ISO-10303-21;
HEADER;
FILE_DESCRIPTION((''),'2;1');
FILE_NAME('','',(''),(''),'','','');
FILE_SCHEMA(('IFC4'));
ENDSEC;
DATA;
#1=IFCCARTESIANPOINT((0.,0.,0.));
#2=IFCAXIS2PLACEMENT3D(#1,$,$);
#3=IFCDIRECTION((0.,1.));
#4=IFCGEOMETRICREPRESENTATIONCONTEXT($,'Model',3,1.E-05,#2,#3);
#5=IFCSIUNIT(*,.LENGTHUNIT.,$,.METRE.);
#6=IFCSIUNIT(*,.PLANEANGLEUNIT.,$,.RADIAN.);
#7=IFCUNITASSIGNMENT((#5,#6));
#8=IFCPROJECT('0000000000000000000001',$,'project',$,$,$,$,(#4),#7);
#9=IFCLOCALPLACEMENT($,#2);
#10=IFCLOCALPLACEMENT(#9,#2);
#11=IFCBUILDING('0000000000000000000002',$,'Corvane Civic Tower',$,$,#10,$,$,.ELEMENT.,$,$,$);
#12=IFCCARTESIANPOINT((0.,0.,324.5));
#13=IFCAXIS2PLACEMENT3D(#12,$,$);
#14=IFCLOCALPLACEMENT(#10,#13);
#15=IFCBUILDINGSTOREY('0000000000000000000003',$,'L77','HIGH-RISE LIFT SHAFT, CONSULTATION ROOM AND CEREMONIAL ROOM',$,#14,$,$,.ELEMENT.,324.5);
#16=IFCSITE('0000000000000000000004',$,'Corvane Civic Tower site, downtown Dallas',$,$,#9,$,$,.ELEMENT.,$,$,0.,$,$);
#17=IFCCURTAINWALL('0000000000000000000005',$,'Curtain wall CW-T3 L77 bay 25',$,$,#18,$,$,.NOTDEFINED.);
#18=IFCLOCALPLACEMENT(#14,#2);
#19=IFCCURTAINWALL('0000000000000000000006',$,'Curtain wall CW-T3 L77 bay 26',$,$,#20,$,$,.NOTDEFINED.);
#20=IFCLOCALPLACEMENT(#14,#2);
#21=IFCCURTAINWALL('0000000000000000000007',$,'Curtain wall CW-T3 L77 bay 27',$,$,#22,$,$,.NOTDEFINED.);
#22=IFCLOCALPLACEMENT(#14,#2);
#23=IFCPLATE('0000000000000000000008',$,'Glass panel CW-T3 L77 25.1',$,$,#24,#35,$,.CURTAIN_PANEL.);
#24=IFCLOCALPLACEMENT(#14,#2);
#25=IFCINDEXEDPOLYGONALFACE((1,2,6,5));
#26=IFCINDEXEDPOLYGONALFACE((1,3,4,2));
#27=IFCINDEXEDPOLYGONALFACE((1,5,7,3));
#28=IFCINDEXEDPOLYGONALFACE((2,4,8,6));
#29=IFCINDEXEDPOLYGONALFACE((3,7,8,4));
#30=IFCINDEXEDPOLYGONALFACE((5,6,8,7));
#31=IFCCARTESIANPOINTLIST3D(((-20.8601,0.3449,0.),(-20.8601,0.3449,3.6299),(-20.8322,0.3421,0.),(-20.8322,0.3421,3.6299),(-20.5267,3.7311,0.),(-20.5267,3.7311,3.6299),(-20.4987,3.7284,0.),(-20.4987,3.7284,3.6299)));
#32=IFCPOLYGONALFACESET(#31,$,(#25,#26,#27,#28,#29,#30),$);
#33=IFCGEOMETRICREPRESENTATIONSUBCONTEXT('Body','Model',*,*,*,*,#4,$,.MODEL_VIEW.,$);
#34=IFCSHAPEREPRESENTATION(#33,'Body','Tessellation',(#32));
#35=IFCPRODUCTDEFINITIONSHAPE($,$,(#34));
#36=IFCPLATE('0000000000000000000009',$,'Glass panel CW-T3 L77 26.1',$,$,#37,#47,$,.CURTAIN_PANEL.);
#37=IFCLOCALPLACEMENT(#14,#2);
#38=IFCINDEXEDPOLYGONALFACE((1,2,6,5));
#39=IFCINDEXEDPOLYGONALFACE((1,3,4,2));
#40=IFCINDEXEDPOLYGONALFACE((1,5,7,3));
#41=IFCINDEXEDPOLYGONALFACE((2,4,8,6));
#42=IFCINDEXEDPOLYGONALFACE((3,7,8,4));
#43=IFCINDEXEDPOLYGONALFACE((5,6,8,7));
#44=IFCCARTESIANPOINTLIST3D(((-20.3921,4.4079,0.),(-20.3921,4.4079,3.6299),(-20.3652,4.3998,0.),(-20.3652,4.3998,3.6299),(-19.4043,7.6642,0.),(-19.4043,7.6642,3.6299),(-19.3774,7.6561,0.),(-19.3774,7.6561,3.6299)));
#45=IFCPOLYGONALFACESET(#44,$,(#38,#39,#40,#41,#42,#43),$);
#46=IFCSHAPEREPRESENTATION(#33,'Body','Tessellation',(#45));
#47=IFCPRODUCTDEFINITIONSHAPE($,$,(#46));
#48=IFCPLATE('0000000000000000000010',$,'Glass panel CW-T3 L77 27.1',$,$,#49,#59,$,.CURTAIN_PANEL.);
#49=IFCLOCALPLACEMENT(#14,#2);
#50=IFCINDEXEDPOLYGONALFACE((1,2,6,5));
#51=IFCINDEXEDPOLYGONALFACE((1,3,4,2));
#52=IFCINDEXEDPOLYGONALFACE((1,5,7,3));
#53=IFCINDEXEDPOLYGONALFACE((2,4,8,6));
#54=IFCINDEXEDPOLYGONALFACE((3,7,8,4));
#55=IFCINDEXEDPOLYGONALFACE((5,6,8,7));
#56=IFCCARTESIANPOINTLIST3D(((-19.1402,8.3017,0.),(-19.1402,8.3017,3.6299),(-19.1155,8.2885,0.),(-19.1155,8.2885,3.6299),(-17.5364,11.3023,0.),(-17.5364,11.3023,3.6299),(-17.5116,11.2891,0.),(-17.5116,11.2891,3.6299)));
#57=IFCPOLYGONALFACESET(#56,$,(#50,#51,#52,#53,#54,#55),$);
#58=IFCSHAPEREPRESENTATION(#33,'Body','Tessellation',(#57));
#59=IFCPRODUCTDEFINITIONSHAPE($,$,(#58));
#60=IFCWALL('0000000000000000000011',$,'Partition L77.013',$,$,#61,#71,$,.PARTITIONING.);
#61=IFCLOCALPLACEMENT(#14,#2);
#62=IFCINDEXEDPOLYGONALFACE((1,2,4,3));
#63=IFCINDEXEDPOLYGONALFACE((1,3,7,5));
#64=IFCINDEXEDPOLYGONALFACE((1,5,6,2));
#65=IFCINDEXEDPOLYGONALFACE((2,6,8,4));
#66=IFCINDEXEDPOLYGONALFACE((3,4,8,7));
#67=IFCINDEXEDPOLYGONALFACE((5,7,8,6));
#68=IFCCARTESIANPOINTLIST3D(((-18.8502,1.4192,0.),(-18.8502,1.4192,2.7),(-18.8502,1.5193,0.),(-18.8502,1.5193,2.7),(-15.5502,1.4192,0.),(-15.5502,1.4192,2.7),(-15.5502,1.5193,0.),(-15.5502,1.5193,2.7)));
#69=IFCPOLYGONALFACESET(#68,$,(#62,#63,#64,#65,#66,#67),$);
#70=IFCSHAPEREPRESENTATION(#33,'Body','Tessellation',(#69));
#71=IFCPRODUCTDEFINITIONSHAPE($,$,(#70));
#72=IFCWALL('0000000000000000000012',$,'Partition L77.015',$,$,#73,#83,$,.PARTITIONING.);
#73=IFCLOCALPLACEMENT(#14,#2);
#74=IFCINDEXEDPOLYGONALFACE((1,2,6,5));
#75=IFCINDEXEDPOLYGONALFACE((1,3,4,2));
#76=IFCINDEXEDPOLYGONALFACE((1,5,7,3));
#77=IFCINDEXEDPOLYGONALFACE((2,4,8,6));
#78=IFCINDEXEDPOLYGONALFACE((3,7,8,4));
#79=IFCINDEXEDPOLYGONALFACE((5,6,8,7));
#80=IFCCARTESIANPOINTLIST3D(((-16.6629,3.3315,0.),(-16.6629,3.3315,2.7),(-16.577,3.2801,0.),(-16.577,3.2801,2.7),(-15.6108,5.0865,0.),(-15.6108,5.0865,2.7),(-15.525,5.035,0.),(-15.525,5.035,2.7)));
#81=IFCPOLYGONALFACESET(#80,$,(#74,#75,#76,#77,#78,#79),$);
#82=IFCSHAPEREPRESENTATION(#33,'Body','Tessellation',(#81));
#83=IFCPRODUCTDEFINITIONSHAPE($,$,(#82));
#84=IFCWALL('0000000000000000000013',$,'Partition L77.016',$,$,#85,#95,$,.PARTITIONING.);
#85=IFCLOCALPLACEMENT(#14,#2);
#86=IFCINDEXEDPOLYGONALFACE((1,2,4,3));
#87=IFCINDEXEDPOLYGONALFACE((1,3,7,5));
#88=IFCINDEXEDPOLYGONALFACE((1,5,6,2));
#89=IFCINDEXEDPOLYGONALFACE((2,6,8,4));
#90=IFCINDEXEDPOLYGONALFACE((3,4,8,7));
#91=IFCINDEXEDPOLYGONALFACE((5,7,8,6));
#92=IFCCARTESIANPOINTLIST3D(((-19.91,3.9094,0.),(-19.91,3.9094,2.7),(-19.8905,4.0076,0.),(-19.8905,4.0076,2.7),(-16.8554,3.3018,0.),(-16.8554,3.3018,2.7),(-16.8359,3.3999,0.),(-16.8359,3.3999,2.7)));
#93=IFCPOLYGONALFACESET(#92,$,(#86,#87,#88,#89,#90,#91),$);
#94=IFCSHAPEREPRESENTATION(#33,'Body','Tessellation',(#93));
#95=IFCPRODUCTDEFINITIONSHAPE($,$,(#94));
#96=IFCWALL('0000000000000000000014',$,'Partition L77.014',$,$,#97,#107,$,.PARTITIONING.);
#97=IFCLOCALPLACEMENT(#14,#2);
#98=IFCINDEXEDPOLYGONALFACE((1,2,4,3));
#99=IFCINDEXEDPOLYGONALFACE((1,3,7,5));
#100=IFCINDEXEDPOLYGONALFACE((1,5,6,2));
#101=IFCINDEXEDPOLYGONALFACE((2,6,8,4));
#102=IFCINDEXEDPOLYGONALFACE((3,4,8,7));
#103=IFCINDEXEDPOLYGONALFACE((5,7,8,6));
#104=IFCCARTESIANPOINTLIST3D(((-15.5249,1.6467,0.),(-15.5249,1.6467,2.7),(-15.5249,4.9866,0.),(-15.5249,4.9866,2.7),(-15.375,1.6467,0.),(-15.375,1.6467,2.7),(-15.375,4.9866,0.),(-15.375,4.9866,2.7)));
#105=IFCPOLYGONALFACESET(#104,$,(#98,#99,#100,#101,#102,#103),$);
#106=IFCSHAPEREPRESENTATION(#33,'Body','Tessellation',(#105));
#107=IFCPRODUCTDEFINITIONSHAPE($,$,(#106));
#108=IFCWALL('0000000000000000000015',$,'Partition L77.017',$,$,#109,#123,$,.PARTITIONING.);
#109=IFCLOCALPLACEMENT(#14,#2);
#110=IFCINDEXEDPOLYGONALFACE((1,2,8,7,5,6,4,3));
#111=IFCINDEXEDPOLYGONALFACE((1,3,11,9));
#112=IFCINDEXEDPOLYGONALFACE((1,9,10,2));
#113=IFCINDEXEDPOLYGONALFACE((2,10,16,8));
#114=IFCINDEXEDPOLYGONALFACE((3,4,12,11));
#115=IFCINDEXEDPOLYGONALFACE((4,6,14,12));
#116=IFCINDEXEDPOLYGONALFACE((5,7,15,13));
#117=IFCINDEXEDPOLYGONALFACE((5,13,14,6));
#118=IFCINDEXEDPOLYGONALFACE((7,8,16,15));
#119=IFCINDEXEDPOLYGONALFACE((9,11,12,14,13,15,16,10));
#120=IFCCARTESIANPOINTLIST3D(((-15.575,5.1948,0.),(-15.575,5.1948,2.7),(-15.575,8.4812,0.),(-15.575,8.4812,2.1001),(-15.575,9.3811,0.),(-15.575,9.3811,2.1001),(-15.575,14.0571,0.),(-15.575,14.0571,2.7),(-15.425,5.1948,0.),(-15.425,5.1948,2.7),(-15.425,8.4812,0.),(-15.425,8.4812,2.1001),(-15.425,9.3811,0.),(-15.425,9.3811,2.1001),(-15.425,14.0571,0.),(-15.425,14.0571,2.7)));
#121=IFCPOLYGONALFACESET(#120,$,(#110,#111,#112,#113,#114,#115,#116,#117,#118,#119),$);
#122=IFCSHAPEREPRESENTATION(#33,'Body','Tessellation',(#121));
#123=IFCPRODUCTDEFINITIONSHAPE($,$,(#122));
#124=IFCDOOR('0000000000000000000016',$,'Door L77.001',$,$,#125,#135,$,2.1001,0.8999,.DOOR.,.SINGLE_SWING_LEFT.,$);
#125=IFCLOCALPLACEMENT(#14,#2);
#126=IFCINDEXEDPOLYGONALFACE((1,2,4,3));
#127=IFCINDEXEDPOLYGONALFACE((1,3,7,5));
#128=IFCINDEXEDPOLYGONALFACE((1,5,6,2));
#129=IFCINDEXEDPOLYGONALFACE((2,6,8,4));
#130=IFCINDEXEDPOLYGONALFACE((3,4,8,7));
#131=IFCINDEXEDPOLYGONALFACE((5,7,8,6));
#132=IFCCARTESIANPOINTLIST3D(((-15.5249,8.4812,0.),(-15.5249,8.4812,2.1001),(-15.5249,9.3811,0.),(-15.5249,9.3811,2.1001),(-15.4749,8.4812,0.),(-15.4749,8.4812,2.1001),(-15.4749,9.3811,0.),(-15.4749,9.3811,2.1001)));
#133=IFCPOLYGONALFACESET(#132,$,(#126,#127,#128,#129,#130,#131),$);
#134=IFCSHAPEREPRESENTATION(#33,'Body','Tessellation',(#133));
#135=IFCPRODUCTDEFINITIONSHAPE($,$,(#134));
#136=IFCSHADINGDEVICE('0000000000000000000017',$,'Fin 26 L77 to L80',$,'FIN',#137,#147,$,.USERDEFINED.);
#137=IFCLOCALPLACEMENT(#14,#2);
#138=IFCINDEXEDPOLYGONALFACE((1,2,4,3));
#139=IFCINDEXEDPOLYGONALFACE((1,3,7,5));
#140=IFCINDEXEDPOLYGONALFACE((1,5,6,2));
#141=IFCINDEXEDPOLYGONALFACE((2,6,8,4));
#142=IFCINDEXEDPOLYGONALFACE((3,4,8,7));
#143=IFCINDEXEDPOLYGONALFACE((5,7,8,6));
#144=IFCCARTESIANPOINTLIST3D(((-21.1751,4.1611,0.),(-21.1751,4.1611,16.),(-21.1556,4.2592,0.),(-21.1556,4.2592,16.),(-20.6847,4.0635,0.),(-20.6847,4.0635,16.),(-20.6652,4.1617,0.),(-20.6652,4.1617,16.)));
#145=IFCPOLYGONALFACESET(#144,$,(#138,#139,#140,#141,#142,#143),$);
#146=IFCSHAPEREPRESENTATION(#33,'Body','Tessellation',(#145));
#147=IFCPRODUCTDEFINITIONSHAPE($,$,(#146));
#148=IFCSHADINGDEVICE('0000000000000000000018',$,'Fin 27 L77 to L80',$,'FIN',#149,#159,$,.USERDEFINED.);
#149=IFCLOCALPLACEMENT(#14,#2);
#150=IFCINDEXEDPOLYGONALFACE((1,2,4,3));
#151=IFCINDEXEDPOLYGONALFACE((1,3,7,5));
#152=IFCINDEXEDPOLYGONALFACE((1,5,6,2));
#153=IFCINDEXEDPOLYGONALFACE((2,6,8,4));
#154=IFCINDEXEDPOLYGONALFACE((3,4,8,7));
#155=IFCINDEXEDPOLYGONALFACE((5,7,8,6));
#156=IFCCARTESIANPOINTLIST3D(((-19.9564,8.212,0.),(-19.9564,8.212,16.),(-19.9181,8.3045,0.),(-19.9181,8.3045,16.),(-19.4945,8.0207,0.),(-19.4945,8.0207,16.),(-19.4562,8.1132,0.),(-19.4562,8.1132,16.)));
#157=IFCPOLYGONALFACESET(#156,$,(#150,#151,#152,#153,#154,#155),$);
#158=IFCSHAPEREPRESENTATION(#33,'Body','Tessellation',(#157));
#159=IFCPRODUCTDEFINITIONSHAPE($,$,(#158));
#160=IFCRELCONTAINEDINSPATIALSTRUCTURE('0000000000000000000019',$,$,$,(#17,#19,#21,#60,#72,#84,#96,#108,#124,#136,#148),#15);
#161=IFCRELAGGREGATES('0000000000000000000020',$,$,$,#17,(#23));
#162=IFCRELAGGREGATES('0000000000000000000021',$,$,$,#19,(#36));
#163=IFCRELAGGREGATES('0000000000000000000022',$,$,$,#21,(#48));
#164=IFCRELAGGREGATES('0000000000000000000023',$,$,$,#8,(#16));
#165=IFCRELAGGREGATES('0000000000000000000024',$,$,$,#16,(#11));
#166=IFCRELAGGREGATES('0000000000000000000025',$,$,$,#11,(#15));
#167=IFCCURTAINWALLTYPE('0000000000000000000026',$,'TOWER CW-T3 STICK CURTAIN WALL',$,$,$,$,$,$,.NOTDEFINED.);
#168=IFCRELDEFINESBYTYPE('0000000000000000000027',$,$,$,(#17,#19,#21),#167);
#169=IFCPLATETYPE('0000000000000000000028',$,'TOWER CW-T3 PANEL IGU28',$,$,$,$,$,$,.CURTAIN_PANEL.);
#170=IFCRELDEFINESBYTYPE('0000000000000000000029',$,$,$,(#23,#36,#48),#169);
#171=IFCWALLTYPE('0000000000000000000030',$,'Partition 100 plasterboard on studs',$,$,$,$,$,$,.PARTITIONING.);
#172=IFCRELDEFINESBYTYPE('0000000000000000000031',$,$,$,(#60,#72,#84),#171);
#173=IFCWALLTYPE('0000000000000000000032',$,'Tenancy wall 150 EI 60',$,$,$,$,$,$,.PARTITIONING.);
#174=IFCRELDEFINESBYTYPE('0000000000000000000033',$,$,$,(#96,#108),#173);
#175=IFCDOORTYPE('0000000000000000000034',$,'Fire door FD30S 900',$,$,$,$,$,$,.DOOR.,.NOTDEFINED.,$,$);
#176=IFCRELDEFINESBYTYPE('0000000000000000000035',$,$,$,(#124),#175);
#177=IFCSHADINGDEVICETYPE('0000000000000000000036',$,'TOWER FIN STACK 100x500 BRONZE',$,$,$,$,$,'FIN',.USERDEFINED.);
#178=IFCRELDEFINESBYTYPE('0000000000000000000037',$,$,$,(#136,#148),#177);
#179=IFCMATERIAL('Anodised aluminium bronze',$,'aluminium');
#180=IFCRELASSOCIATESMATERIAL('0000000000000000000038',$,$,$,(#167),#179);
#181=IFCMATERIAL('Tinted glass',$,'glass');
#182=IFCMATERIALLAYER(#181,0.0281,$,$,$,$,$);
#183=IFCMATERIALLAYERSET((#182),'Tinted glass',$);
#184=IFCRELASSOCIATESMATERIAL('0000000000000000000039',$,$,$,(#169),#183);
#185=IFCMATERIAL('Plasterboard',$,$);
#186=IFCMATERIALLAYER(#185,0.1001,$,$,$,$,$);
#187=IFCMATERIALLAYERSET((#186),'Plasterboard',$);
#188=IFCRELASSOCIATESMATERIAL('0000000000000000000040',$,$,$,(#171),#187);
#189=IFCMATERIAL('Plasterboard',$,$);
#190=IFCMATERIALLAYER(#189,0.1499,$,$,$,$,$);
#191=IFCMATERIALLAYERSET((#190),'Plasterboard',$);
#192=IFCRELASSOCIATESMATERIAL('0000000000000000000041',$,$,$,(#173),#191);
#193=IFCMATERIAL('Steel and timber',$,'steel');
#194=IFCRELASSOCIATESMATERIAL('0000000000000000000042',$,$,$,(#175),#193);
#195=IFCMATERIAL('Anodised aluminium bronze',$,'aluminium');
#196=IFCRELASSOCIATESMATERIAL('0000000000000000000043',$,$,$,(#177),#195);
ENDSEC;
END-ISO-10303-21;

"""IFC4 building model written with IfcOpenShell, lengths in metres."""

from ifc_helpers import new_model, si_unit, direction, frame, frame_2d, origin, origin_2d, place, context, subcontext, project, spatial, rectangle, extrude, material, layer, layer_set, material_profile, profile_set, type_object, element, fill, aggregate, save


model = new_model("IFC4")

# Units and contexts
model_context = context("Model", 3, precision=1e-05, world=origin(), true_north=direction((0.0, 1.0)))
body_context = subcontext(model_context, "Body", "Model", "MODEL_VIEW")
ifc_project = project(units=[si_unit("LENGTHUNIT", "METRE"), si_unit("PLANEANGLEUNIT", "RADIAN")], contexts=[model_context])

# Site, building, storey
site_placement = place(None, origin())
site = spatial("IfcSite", under=ifc_project, at=site_placement, Name="Corvane Civic Tower site, downtown Dallas", CompositionType="ELEMENT", RefElevation=0.0)
building_placement = place(site_placement, origin())
building = spatial("IfcBuilding", under=site, at=building_placement, Name="Corvane Civic Tower", CompositionType="ELEMENT")
storey_placement = place(building_placement, frame((0.0, 0.0, 324.5)))
storey = spatial("IfcBuildingStorey", under=building, at=storey_placement, Name="L77", Description="HIGH-RISE LIFT SHAFT, CONSULTATION ROOM AND CEREMONIAL ROOM", CompositionType="ELEMENT", Elevation=324.5)

# Curtain walls
ifc_material_1 = material(Name="Anodised aluminium bronze", Category="aluminium")
curtain_wall_type = type_object("IfcCurtainWallType", Name="TOWER CW-T3 STICK CURTAIN WALL", PredefinedType="NOTDEFINED", material=ifc_material_1)
curtain_wall_1_placement = place(storey_placement, origin())
curtain_wall_1 = element("IfcCurtainWall", 1, at=curtain_wall_1_placement, inside=storey, type_object=curtain_wall_type, Name="Curtain wall CW-T3 L77 bay 25", PredefinedType="NOTDEFINED")
curtain_wall_2_placement = place(storey_placement, origin())
curtain_wall_2 = element("IfcCurtainWall", 2, at=curtain_wall_2_placement, inside=storey, type_object=curtain_wall_type, Name="Curtain wall CW-T3 L77 bay 26", PredefinedType="NOTDEFINED")
curtain_wall_3_placement = place(storey_placement, origin())
curtain_wall_3 = element("IfcCurtainWall", 3, at=curtain_wall_3_placement, inside=storey, type_object=curtain_wall_type, Name="Curtain wall CW-T3 L77 bay 27", PredefinedType="NOTDEFINED")

# Plates
ifc_material_2 = material(Name="Tinted glass", Category="glass")
ifc_layer_1 = layer(ifc_material_2, 0.0281)
ifc_layer_set_1 = layer_set([ifc_layer_1], Name="Tinted glass")
plate_type = type_object("IfcPlateType", Name="TOWER CW-T3 PANEL IGU28", PredefinedType="CURTAIN_PANEL", material=ifc_layer_set_1)
plate_1_placement = place(storey_placement, frame((-20.6794, 2.0366, 0.0), z_axis=(0.0, 0.0, 1.0), x_axis=(0.097998, 0.995187, 0.0)))
plate_1 = element("IfcPlate", 4, at=plate_1_placement, type_object=plate_type, Name="Glass panel CW-T3 L77 25.1", PredefinedType="CURTAIN_PANEL", context=body_context, shape_type="SweptSolid", body=[
    extrude(rectangle(XDim=3.4026, YDim=0.0281, at=origin_2d()), origin(), (0.0, 0.0, 1.0), 3.6299),
])
aggregate(curtain_wall_1, [plate_1])
plate_2_placement = place(storey_placement, frame((-19.8848, 6.032, 0.0), z_axis=(0.0, 0.0, 1.0), x_axis=(0.29029, 0.956939, 0.0)))
plate_2 = element("IfcPlate", 5, at=plate_2_placement, type_object=plate_type, Name="Glass panel CW-T3 L77 26.1", PredefinedType="CURTAIN_PANEL", context=body_context, shape_type="SweptSolid", body=[
    extrude(rectangle(XDim=3.4028, YDim=0.0281, at=origin_2d()), origin(), (0.0, 0.0, 1.0), 3.6299),
])
aggregate(curtain_wall_2, [plate_2])
plate_3_placement = place(storey_placement, frame((-18.3259, 9.7954, 0.0), z_axis=(0.0, 0.0, 1.0), x_axis=(0.471384, 0.881928, 0.0)))
plate_3 = element("IfcPlate", 6, at=plate_3_placement, type_object=plate_type, Name="Glass panel CW-T3 L77 27.1", PredefinedType="CURTAIN_PANEL", context=body_context, shape_type="SweptSolid", body=[
    extrude(rectangle(XDim=3.4023, YDim=0.0281, at=origin_2d()), origin(), (0.0, 0.0, 1.0), 3.6299),
])
aggregate(curtain_wall_3, [plate_3])

# Walls
ifc_material_3 = material(Name="Plasterboard")
ifc_layer_2 = layer(ifc_material_3, 0.1001)
ifc_layer_set_2 = layer_set([ifc_layer_2], Name="Plasterboard")
wall_type_1 = type_object("IfcWallType", Name="Partition 100 plasterboard on studs", PredefinedType="PARTITIONING", material=ifc_layer_set_2)
wall_1_placement = place(storey_placement, frame((-18.8501, 1.4692, 0.0), z_axis=(0.0, 0.0, 1.0), x_axis=(1.0, 0.0, 0.0)))
element("IfcWall", 7, at=wall_1_placement, inside=storey, type_object=wall_type_1, Name="Partition L77.013", PredefinedType="PARTITIONING", context=body_context, shape_type="SweptSolid", body=[
    extrude(rectangle(XDim=3.3, YDim=0.1001, at=frame_2d((1.6499, 0.0))), origin(), (0.0, 0.0, 1.0), 2.7),
])
wall_2_placement = place(storey_placement, frame((-16.6199, 3.3059, 0.0), z_axis=(0.0, 0.0, 1.0), x_axis=(0.514162, 0.857693, 0.0)))
element("IfcWall", 8, at=wall_2_placement, inside=storey, type_object=wall_type_1, Name="Partition L77.015", PredefinedType="PARTITIONING", context=body_context, shape_type="SweptSolid", body=[
    extrude(rectangle(XDim=2.0461, YDim=0.1001, at=frame_2d((1.0229, 0.0))), origin(), (0.0, 0.0, 1.0), 2.7),
])
wall_3_placement = place(storey_placement, frame((-19.9001, 3.9585, 0.0), z_axis=(0.0, 0.0, 1.0), x_axis=(0.980782, -0.195106, 0.0)))
element("IfcWall", 9, at=wall_3_placement, inside=storey, type_object=wall_type_1, Name="Partition L77.016", PredefinedType="PARTITIONING", context=body_context, shape_type="SweptSolid", body=[
    extrude(rectangle(XDim=3.1145, YDim=0.1001, at=frame_2d((1.5571, 0.0))), origin(), (0.0, 0.0, 1.0), 2.7),
])
ifc_material_4 = material(Name="Plasterboard")
ifc_layer_3 = layer(ifc_material_4, 0.1499)
ifc_layer_set_3 = layer_set([ifc_layer_3], Name="Plasterboard")
wall_type_2 = type_object("IfcWallType", Name="Tenancy wall 150 EI 60", PredefinedType="PARTITIONING", material=ifc_layer_set_3)
wall_4_placement = place(storey_placement, frame((-15.45, 1.6467, 0.0), z_axis=(0.0, 0.0, 1.0), x_axis=(0.0, 1.0, 0.0)))
element("IfcWall", 10, at=wall_4_placement, inside=storey, type_object=wall_type_2, Name="Partition L77.014", PredefinedType="PARTITIONING", context=body_context, shape_type="SweptSolid", body=[
    extrude(rectangle(XDim=3.3398, YDim=0.1499, at=frame_2d((1.6699, 0.0))), origin(), (0.0, 0.0, 1.0), 2.7),
])

# Wall, opening, door
wall_5_placement = place(storey_placement, frame((-15.5, 5.1948, 0.0), z_axis=(0.0, 0.0, 1.0), x_axis=(0.0, 1.0, 0.0)))
wall_5 = element("IfcWall", 11, at=wall_5_placement, inside=storey, type_object=wall_type_2, Name="Partition L77.017", PredefinedType="PARTITIONING", context=body_context, shape_type="SweptSolid", body=[
    extrude(rectangle(XDim=8.8623, YDim=0.1499, at=frame_2d((4.4312, 0.0))), origin(), (0.0, 0.0, 1.0), 2.7),
])
opening_placement = place(wall_5_placement, frame((3.2864, 0.0, 0.0)))
opening = element("IfcOpeningElement", 12, at=opening_placement, cuts=wall_5, PredefinedType="OPENING", context=body_context, shape_type="SweptSolid", body=[
    extrude(rectangle(XDim=0.8999, YDim=2.1001, at=frame_2d((0.45, 1.05))), frame((0.0, 0.085, 0.0), z_axis=(0.0, -1.0, 0.0), x_axis=(1.0, 0.0, 0.0)), (0.0, 0.0, 1.0), 0.1699),
])
ifc_material_5 = material(Name="Steel and timber", Category="steel")
door_type = type_object("IfcDoorType", Name="Fire door FD30S 900", OperationType="NOTDEFINED", PredefinedType="DOOR", material=ifc_material_5)
door_placement = place(opening_placement, origin())
door = element("IfcDoor", 13, at=door_placement, inside=storey, type_object=door_type, Name="Door L77.001", OperationType="SINGLE_SWING_LEFT", OverallHeight=2.1001, OverallWidth=0.8999, PredefinedType="DOOR", context=body_context, shape_type="SweptSolid", body=[
    extrude(rectangle(XDim=0.8999, YDim=2.1001, at=frame_2d((0.45, 1.05))), frame((0.0, 0.0249, 0.0), z_axis=(0.0, -1.0, 0.0), x_axis=(1.0, 0.0, 0.0)), (0.0, 0.0, 1.0), 0.05),
])
fill(opening, door)

# Shading devices
ifc_material_6 = material(Name="Anodised aluminium bronze", Category="aluminium")
ifc_material_profile_1 = material_profile(ifc_material_6, rectangle(XDim=0.1001, YDim=0.5, at=origin_2d()), Name="TOWER FIN STACK 100x500 BRONZE")
ifc_profile_set_1 = profile_set([ifc_material_profile_1], Name="Anodised aluminium bronze")
shading_device_type = type_object("IfcShadingDeviceType", Name="TOWER FIN STACK 100x500 BRONZE", ElementType="FIN", PredefinedType="USERDEFINED", material=ifc_profile_set_1)
for number, where, z_axis, x_axis, name in (
    (14, (-20.9202, 4.1614, 0.0), (0.0, 0.0, 1.0), (0.19509, 0.980785, 0.0), "Fin 26 L77 to L80"),
    (15, (-19.7063, 8.1626, 0.0), (0.0, 0.0, 1.0), (0.382683, 0.92388, 0.0), "Fin 27 L77 to L80"),
):
    element("IfcShadingDevice", number, at=place(storey_placement, frame(where, z_axis=z_axis, x_axis=x_axis)), inside=storey, type_object=shading_device_type, Name=name, ObjectType="FIN", PredefinedType="USERDEFINED", context=body_context, shape_type="SweptSolid", body=[
        extrude(rectangle(XDim=0.1001, YDim=0.5, at=origin_2d()), origin(), (0.0, 0.0, 1.0), 16.0),
    ])

save(model, "model.ifc")
